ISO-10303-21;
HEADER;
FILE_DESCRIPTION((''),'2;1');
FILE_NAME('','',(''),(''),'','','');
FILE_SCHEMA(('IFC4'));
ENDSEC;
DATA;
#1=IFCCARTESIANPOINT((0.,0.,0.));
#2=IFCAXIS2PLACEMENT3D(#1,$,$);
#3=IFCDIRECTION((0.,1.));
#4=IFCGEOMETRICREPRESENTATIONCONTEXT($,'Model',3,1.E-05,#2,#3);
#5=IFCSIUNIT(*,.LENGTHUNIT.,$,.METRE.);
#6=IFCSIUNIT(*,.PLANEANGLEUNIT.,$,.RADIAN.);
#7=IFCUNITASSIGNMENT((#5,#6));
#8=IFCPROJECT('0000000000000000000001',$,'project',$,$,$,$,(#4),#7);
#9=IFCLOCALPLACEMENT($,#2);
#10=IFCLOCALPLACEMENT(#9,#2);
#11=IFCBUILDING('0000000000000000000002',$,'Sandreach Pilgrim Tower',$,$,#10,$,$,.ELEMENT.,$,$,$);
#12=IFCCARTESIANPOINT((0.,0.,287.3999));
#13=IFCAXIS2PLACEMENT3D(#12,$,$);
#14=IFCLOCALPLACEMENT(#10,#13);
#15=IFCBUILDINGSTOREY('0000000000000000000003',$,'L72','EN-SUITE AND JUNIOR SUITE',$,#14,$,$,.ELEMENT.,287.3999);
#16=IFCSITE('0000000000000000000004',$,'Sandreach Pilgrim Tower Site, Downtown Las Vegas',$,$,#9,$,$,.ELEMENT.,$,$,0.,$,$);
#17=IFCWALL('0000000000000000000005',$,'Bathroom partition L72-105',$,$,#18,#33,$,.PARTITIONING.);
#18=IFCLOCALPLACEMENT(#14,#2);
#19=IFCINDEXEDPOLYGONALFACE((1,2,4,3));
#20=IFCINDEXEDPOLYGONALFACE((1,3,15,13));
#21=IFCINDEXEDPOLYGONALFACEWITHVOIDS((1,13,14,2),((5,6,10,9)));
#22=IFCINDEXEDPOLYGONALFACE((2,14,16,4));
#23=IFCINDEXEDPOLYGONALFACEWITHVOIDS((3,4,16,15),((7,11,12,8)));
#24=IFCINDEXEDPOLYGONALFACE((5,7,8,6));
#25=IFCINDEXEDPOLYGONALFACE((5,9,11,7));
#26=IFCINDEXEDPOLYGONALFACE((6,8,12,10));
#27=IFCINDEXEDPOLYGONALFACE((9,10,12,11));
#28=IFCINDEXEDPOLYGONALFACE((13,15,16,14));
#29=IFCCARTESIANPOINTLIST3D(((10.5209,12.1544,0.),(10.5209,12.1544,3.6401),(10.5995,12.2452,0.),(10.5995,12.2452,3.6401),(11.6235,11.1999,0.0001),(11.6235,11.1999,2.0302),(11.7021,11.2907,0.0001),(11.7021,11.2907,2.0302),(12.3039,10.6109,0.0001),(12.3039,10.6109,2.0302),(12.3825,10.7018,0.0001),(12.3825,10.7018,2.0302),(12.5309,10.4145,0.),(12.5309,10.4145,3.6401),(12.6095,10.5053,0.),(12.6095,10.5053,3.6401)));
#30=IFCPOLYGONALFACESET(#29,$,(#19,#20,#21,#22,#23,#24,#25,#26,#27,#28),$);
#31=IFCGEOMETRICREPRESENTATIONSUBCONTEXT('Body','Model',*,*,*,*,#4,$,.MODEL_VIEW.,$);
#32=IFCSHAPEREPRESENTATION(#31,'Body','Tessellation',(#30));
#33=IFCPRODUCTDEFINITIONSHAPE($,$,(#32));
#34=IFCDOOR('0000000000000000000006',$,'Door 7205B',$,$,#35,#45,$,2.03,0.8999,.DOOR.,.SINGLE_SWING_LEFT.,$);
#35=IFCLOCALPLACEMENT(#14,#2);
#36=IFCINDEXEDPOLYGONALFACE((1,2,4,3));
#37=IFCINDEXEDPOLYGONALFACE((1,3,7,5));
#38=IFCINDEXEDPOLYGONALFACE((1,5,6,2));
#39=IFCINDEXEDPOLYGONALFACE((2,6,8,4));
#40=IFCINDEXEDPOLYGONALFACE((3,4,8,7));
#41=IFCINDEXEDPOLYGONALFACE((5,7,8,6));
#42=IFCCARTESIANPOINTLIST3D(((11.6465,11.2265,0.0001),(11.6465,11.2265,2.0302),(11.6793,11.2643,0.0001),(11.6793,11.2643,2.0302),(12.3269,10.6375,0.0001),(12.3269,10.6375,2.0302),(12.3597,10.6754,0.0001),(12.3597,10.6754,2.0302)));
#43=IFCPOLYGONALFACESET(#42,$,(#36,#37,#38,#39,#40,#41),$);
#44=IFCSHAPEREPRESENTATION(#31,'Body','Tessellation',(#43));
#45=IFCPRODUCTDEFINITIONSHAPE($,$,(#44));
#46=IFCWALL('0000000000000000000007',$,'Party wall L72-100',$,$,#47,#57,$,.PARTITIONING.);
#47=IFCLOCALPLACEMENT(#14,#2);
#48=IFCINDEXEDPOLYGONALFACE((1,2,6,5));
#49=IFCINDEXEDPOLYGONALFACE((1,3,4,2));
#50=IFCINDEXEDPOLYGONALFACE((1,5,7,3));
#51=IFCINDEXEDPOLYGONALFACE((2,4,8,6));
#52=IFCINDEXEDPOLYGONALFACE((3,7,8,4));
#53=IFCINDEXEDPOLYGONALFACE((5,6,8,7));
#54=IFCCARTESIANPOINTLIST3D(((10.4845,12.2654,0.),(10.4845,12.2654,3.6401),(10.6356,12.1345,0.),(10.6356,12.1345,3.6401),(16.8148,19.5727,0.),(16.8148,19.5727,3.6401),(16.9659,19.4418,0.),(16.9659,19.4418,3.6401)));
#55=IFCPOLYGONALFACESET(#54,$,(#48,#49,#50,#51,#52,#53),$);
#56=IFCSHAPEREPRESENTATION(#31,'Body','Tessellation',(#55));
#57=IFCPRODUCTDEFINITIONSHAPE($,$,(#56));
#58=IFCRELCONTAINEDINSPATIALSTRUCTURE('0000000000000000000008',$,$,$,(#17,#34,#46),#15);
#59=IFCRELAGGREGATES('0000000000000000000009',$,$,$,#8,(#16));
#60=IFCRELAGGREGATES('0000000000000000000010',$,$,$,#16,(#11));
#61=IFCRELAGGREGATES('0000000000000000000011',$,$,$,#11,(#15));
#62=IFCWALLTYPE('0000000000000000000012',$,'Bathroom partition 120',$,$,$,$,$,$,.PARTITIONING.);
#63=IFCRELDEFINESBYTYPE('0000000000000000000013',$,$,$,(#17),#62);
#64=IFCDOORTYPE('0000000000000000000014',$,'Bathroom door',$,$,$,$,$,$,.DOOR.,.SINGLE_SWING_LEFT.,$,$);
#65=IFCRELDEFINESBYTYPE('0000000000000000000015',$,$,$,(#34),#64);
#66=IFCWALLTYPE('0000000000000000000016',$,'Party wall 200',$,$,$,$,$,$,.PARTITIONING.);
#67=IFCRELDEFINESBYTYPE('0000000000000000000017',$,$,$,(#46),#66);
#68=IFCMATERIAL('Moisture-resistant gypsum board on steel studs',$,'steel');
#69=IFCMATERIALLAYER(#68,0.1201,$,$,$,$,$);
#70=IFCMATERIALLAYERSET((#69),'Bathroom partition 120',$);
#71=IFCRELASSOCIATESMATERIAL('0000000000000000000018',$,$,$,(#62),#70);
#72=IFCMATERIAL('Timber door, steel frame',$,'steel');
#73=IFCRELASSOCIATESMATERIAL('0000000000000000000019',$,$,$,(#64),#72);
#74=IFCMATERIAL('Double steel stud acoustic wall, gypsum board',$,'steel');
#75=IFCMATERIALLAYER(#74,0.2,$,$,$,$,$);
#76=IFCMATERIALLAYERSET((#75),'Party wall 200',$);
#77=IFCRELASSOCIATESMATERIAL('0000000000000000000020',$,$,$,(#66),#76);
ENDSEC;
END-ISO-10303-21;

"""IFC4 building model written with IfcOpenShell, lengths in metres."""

from ifc_helpers import new_model, si_unit, direction, frame, frame_2d, origin, place, context, subcontext, project, spatial, rectangle, extrude, material, layer, layer_set, type_object, element, fill, save


model = new_model("IFC4")

# Units and contexts
model_context = context("Model", 3, precision=1e-05, world=origin(), true_north=direction((0.0, 1.0)))
body_context = subcontext(model_context, "Body", "Model", "MODEL_VIEW")
ifc_project = project(units=[si_unit("LENGTHUNIT", "METRE"), si_unit("PLANEANGLEUNIT", "RADIAN")], contexts=[model_context])

# Site, building, storey
site_placement = place(None, origin())
site = spatial("IfcSite", under=ifc_project, at=site_placement, Name="Sandreach Pilgrim Tower Site, Downtown Las Vegas", CompositionType="ELEMENT", RefElevation=0.0)
building_placement = place(site_placement, origin())
building = spatial("IfcBuilding", under=site, at=building_placement, Name="Sandreach Pilgrim Tower", CompositionType="ELEMENT")
storey_placement = place(building_placement, frame((0.0, 0.0, 287.3999)))
storey = spatial("IfcBuildingStorey", under=building, at=storey_placement, Name="L72", Description="EN-SUITE AND JUNIOR SUITE", CompositionType="ELEMENT", Elevation=287.3999)

# Shared definitions
ifc_material_1 = material(Name="Moisture-resistant gypsum board on steel studs", Category="steel")
ifc_layer_1 = layer(ifc_material_1, 0.1201)
ifc_layer_set_1 = layer_set([ifc_layer_1], Name="Bathroom partition 120")
wall_type_1 = type_object("IfcWallType", Name="Bathroom partition 120", PredefinedType="PARTITIONING", material=ifc_layer_set_1)
ifc_material_2 = material(Name="Timber door, steel frame", Category="steel")
door_type_1 = type_object("IfcDoorType", Name="Bathroom door", OperationType="SINGLE_SWING_LEFT", PredefinedType="DOOR", material=ifc_material_2)

# Wall, opening, door
wall_1_placement = place(storey_placement, frame((12.5701, 10.46, 0.0), z_axis=(0.0, 0.0, 1.0), x_axis=(-0.756065, 0.654497, 0.0)))
wall_1 = element("IfcWall", 1, at=wall_1_placement, inside=storey, type_object=wall_type_1, Name="Bathroom partition L72-105", PredefinedType="PARTITIONING", context=body_context, shape_type="SweptSolid", body=[
    extrude(rectangle(XDim=2.6584, YDim=0.1201, at=frame_2d((1.3291, 0.0))), origin(), (0.0, 0.0, 1.0), 3.6401),
])
opening_1_placement = place(wall_1_placement, frame((0.3, 0.0, 0.0)))
opening_1 = element("IfcOpeningElement", 2, at=opening_1_placement, cuts=wall_1, PredefinedType="OPENING", context=body_context, shape_type="SweptSolid", body=[
    extrude(rectangle(XDim=0.8999, YDim=2.03, at=frame_2d((0.45, 1.0151))), frame((0.0, 0.0601, 0.0), z_axis=(0.0, -1.0, 0.0), x_axis=(1.0, 0.0, 0.0)), (0.0, 0.0, 1.0), 0.1201),
])
door_1_placement = place(opening_1_placement, origin())
door_1 = element("IfcDoor", 3, at=door_1_placement, inside=storey, type_object=door_type_1, Name="Door 7205B", OperationType="SINGLE_SWING_LEFT", OverallHeight=2.03, OverallWidth=0.8999, PredefinedType="DOOR", context=body_context, shape_type="SweptSolid", body=[
    extrude(rectangle(XDim=0.8999, YDim=2.03, at=frame_2d((0.45, 1.0151))), frame((0.0, 0.0249, 0.0), z_axis=(0.0, -1.0, 0.0), x_axis=(1.0, 0.0, 0.0)), (0.0, 0.0, 1.0), 0.05),
])
fill(opening_1, door_1)

# Wall
ifc_material_3 = material(Name="Double steel stud acoustic wall, gypsum board", Category="steel")
ifc_layer_2 = layer(ifc_material_3, 0.2)
ifc_layer_set_2 = layer_set([ifc_layer_2], Name="Party wall 200")
wall_type_2 = type_object("IfcWallType", Name="Party wall 200", PredefinedType="PARTITIONING", material=ifc_layer_set_2)
wall_2_placement = place(storey_placement, frame((10.5601, 12.2, 0.0), z_axis=(0.0, 0.0, 1.0), x_axis=(0.654769, 0.755829, 0.0)))
element("IfcWall", 4, at=wall_2_placement, inside=storey, type_object=wall_type_2, Name="Party wall L72-100", PredefinedType="PARTITIONING", context=body_context, shape_type="SweptSolid", body=[
    extrude(rectangle(XDim=9.668, YDim=0.2, at=frame_2d((4.834, 0.0))), origin(), (0.0, 0.0, 1.0), 3.6401),
])

save(model, "model.ifc")
